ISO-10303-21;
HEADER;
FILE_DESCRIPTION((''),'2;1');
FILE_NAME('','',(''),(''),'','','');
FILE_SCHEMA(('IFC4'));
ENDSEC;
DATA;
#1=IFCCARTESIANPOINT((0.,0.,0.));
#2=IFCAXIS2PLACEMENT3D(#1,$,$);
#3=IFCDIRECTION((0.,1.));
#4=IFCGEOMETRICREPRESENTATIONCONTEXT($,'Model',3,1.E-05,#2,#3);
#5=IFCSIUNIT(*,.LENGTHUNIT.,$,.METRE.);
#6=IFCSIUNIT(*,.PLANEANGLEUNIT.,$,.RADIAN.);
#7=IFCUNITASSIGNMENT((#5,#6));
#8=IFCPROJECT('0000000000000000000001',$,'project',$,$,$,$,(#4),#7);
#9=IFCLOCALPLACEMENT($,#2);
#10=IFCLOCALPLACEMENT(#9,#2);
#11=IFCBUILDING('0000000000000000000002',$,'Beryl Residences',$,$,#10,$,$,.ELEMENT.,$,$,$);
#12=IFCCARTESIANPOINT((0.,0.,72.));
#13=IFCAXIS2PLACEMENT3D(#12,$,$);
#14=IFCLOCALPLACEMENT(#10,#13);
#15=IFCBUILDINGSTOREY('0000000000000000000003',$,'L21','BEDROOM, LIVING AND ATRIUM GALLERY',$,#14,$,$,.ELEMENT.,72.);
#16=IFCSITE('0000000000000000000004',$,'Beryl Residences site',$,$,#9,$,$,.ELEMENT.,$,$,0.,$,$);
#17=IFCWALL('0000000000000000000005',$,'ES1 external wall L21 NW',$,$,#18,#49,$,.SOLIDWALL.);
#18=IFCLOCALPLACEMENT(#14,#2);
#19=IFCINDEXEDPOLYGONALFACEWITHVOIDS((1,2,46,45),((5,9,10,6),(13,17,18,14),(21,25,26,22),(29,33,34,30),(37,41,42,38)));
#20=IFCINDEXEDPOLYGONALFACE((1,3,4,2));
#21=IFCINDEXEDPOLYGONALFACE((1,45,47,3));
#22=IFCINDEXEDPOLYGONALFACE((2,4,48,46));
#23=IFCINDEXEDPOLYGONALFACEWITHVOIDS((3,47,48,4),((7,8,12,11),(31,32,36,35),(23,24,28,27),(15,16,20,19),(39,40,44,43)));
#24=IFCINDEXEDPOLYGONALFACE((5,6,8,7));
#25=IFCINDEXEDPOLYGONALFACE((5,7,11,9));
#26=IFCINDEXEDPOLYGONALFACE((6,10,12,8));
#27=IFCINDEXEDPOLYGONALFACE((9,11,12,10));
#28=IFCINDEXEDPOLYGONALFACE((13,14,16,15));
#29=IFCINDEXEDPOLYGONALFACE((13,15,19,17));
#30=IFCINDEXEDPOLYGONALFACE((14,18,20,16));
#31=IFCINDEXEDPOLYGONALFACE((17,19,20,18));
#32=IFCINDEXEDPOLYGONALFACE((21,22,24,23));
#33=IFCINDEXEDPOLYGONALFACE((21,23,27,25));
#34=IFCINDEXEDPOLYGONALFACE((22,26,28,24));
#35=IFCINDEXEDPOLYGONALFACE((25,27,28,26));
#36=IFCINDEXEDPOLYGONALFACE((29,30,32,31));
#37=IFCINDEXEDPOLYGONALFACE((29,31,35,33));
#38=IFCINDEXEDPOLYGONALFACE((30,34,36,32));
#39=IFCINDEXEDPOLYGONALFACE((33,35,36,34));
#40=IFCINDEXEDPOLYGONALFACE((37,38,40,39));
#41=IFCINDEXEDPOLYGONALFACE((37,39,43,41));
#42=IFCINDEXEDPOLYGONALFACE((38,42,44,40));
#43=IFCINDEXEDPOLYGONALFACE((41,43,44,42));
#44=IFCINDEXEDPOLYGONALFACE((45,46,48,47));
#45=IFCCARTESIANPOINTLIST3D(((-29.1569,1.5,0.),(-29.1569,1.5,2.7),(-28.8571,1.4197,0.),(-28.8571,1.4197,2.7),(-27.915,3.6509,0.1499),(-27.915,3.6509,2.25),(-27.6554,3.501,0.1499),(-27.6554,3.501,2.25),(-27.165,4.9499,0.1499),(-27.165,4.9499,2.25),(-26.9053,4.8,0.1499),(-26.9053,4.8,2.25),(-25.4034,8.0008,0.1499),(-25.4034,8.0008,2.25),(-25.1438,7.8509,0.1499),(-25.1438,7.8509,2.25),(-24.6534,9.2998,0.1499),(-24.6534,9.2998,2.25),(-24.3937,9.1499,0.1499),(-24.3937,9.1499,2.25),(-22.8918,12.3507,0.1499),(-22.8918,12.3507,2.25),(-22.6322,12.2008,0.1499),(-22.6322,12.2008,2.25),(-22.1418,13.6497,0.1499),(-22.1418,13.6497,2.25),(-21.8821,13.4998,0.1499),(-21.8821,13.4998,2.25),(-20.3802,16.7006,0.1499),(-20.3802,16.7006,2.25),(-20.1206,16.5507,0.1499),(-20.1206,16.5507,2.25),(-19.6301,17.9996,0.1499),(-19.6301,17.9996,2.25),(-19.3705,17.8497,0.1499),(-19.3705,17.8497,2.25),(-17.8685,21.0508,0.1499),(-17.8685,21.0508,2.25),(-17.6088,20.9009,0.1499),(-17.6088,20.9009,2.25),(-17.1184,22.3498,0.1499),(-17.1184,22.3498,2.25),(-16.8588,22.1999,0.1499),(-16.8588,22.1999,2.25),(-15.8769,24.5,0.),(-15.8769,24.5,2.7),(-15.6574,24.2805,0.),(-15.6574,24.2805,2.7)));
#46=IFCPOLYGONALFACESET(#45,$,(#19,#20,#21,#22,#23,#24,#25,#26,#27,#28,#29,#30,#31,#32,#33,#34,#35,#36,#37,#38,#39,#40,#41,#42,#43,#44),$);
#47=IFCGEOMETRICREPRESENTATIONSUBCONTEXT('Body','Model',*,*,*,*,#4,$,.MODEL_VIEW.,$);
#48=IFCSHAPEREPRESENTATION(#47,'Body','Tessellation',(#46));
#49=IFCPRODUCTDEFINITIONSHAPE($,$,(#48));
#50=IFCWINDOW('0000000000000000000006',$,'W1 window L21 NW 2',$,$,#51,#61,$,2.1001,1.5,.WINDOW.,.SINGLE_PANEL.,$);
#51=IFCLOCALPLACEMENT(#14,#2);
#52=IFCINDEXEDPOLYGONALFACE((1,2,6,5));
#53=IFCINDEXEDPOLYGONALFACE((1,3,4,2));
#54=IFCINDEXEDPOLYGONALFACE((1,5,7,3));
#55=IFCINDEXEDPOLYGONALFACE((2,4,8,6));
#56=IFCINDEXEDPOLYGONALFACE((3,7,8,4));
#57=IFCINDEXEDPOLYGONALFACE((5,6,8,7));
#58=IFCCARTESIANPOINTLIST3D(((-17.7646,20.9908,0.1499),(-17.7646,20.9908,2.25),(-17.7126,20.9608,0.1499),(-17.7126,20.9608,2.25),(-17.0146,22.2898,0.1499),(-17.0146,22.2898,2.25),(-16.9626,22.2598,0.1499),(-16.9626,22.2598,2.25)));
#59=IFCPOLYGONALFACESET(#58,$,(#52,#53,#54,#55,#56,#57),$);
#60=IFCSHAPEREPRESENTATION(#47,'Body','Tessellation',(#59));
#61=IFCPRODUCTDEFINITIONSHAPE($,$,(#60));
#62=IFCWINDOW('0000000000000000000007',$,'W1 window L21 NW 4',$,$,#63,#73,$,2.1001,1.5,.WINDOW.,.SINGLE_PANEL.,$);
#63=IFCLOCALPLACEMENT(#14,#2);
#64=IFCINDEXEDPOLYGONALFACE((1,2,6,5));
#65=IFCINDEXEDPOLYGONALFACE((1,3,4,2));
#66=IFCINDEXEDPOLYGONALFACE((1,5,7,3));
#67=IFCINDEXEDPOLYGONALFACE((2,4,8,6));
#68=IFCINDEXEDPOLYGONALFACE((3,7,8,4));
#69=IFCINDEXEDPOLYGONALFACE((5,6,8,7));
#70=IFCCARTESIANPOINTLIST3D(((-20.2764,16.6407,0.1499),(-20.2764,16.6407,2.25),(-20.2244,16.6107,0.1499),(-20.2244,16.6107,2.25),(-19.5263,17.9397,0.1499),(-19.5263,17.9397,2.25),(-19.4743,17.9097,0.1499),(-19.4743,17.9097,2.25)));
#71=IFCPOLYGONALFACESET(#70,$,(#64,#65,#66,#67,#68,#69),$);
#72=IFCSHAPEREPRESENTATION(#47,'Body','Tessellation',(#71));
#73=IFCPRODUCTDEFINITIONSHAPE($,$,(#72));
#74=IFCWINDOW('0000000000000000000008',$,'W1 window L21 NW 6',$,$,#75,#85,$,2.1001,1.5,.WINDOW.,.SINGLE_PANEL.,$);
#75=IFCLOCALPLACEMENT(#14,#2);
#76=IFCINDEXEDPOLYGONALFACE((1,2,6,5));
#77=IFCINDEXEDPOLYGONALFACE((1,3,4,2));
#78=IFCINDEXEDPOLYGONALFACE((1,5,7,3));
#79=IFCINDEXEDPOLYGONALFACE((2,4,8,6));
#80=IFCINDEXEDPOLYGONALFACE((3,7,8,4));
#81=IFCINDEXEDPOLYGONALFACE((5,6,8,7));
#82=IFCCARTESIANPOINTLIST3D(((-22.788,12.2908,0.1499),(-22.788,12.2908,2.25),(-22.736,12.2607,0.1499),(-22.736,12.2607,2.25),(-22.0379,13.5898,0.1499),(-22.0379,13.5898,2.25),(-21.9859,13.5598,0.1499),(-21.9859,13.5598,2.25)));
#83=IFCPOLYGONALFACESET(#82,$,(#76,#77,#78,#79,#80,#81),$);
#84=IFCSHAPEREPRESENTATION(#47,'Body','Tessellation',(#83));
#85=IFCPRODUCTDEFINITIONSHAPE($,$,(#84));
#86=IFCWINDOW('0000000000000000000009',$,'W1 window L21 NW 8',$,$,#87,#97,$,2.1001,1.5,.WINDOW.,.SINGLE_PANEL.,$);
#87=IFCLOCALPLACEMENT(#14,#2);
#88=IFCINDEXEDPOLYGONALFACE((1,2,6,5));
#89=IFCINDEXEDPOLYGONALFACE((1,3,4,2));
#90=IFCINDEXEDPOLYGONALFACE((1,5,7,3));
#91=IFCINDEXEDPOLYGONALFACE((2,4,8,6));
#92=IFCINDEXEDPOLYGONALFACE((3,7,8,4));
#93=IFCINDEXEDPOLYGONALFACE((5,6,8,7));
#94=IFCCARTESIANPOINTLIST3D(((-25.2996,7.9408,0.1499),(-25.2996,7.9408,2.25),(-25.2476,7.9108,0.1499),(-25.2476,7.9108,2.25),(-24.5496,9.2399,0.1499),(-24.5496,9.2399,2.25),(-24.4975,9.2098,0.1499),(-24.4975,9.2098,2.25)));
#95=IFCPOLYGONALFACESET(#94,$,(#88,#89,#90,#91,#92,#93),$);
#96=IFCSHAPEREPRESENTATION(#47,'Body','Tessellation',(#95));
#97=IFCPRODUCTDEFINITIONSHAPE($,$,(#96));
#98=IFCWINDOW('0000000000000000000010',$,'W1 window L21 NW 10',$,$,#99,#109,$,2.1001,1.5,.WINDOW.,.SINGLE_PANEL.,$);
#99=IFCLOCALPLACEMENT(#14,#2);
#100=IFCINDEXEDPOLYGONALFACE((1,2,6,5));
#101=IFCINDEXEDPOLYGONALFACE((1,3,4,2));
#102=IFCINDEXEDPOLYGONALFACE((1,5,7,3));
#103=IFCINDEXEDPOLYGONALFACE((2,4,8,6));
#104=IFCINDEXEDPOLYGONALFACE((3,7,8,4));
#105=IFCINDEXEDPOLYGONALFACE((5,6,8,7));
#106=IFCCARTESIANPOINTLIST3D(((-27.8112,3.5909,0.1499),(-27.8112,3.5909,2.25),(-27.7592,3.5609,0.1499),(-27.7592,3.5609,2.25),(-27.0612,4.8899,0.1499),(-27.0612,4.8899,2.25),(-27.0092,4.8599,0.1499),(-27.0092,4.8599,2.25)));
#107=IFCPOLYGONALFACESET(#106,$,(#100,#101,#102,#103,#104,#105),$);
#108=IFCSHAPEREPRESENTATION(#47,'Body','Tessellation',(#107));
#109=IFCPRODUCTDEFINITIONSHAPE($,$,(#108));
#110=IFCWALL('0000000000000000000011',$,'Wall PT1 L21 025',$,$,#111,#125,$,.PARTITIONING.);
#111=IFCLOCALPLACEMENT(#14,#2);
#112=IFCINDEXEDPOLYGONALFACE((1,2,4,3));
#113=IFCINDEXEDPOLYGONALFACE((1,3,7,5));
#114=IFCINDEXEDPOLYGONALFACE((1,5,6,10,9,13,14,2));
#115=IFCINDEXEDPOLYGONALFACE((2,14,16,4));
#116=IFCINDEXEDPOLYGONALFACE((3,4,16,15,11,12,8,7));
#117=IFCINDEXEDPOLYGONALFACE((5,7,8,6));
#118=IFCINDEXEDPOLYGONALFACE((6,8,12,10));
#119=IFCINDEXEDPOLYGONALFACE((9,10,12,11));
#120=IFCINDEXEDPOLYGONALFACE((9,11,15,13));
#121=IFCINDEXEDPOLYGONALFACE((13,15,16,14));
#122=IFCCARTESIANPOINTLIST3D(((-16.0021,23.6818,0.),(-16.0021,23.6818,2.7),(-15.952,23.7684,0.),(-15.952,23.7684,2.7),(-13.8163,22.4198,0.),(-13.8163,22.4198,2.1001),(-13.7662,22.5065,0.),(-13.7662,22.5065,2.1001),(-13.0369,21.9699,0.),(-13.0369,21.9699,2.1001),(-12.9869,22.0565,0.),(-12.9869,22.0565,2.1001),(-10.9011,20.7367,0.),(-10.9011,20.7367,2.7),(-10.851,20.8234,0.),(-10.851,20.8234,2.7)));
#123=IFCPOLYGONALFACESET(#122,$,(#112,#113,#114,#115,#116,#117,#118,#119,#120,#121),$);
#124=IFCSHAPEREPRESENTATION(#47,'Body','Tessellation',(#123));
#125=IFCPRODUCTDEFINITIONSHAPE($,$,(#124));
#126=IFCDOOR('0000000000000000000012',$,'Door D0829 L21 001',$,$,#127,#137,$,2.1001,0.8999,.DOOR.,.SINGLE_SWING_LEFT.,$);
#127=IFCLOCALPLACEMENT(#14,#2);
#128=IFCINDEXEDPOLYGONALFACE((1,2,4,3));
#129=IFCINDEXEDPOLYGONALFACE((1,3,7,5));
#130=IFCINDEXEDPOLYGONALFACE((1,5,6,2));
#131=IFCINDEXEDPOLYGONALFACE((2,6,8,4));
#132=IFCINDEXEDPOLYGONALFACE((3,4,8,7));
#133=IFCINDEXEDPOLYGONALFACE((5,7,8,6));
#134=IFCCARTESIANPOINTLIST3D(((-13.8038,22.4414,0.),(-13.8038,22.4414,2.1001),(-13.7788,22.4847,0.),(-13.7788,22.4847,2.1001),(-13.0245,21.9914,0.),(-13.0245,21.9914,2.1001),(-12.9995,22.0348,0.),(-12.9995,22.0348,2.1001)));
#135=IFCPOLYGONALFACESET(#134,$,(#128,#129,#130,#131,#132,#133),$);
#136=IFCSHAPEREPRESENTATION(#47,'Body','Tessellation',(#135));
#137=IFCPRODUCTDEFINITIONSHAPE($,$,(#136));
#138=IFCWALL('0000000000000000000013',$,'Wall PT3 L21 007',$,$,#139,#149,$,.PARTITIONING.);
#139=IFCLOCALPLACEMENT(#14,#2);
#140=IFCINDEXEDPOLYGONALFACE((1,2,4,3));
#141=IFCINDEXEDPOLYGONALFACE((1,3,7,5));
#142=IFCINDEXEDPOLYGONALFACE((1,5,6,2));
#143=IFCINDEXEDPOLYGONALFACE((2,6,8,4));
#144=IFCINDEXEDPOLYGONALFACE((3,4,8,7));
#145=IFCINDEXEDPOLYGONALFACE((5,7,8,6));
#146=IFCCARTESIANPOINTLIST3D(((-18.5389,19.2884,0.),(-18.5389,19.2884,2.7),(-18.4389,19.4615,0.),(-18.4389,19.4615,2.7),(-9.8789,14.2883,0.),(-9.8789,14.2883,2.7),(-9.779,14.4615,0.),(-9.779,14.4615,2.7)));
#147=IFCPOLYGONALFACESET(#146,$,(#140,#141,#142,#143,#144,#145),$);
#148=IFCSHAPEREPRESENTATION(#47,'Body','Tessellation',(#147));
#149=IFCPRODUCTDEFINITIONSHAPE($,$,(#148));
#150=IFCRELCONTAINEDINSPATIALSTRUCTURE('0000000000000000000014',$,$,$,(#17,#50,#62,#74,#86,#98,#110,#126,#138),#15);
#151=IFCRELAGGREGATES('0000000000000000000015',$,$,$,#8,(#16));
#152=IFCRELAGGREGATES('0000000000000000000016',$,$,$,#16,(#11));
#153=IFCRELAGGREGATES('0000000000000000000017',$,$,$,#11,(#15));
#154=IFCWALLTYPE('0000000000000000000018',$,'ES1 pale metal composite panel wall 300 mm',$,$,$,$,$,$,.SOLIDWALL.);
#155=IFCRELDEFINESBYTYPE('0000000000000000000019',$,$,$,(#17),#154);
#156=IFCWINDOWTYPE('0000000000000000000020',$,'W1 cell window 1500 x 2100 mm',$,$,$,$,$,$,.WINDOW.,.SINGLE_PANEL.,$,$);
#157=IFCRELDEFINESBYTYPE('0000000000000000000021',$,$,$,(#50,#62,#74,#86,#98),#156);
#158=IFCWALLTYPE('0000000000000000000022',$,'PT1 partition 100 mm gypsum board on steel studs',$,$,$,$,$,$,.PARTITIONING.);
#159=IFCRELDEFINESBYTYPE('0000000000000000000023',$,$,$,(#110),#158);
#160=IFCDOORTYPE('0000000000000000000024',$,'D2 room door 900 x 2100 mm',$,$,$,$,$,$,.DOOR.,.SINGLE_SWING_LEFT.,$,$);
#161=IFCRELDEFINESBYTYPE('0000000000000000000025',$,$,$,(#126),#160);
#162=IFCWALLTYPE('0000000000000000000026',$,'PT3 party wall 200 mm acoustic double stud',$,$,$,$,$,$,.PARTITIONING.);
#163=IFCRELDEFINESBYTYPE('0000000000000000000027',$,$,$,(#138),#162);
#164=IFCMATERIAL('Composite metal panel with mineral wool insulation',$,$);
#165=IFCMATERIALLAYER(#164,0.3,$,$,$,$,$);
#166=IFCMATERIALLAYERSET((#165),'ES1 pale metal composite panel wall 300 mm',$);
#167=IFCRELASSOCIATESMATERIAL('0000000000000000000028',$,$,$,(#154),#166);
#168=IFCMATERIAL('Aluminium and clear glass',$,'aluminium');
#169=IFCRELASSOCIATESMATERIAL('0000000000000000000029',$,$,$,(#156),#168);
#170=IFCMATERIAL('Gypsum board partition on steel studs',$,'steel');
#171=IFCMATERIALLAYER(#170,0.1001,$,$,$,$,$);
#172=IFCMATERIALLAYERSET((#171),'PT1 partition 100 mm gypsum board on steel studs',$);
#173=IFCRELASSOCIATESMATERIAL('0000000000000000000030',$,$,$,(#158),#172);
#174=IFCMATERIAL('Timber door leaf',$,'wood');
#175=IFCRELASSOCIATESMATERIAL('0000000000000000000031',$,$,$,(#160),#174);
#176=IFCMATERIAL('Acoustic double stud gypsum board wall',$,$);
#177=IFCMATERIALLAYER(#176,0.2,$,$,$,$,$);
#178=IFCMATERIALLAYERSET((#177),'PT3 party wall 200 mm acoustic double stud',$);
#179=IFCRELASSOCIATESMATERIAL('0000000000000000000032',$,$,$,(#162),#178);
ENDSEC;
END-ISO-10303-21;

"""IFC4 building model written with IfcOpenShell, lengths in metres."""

from ifc_helpers import new_model, si_unit, direction, frame, frame_2d, origin, place, context, subcontext, project, spatial, polyline, rectangle, outline, extrude, material, layer, layer_set, type_object, element, fill, save


model = new_model("IFC4")

# Units and contexts
model_context = context("Model", 3, precision=1e-05, world=origin(), true_north=direction((0.0, 1.0)))
body_context = subcontext(model_context, "Body", "Model", "MODEL_VIEW")
ifc_project = project(units=[si_unit("LENGTHUNIT", "METRE"), si_unit("PLANEANGLEUNIT", "RADIAN")], contexts=[model_context])

# Site, building, storey
site_placement = place(None, origin())
site = spatial("IfcSite", under=ifc_project, at=site_placement, Name="Beryl Residences site", CompositionType="ELEMENT", RefElevation=0.0)
building_placement = place(site_placement, origin())
building = spatial("IfcBuilding", under=site, at=building_placement, Name="Beryl Residences", CompositionType="ELEMENT")
storey_placement = place(building_placement, frame((0.0, 0.0, 72.0)))
storey = spatial("IfcBuildingStorey", under=building, at=storey_placement, Name="L21", Description="BEDROOM, LIVING AND ATRIUM GALLERY", CompositionType="ELEMENT", Elevation=72.0)

# Shared definitions
ifc_material_1 = material(Name="Composite metal panel with mineral wool insulation")
ifc_layer_1 = layer(ifc_material_1, 0.3)
ifc_layer_set_1 = layer_set([ifc_layer_1], Name="ES1 pale metal composite panel wall 300 mm")
wall_type_1 = type_object("IfcWallType", Name="ES1 pale metal composite panel wall 300 mm", PredefinedType="SOLIDWALL", material=ifc_layer_set_1)

# Wall, openings, windows
wall_1_placement = place(storey_placement, frame((-15.7471, 24.425, 0.0), z_axis=(0.0, 0.0, 1.0), x_axis=(-0.500027, -0.86601, 0.0)))
wall_1 = element("IfcWall", 1, at=wall_1_placement, inside=storey, type_object=wall_type_1, Name="ES1 external wall L21 NW", PredefinedType="SOLIDWALL", context=body_context, shape_type="SweptSolid", body=[
    extrude(outline(polyline([(0.0, -0.1499), (26.5586, -0.1499), (26.4783, 0.1499), (0.0803, 0.1499), (0.0, -0.1499)])), origin(), (0.0, 0.0, 1.0), 2.7),
])
opening_1_placement = place(wall_1_placement, frame((2.4829, 0.0, 0.1499)))
opening_1 = element("IfcOpeningElement", 2, at=opening_1_placement, cuts=wall_1, PredefinedType="OPENING", context=body_context, shape_type="SweptSolid", body=[
    extrude(rectangle(XDim=1.5, YDim=2.1001, at=frame_2d((0.75, 1.05))), frame((0.0, 0.1599, 0.0), z_axis=(0.0, -1.0, 0.0), x_axis=(1.0, 0.0, 0.0)), (0.0, 0.0, 1.0), 0.3201),
])
opening_2_placement = place(wall_1_placement, frame((7.5061, 0.0, 0.1499)))
opening_2 = element("IfcOpeningElement", 3, at=opening_2_placement, cuts=wall_1, PredefinedType="OPENING", context=body_context, shape_type="SweptSolid", body=[
    extrude(rectangle(XDim=1.5, YDim=2.1001, at=frame_2d((0.75, 1.05))), frame((0.0, 0.1599, 0.0), z_axis=(0.0, -1.0, 0.0), x_axis=(1.0, 0.0, 0.0)), (0.0, 0.0, 1.0), 0.3201),
])
opening_3_placement = place(wall_1_placement, frame((12.5291, 0.0, 0.1499)))
opening_3 = element("IfcOpeningElement", 4, at=opening_3_placement, cuts=wall_1, PredefinedType="OPENING", context=body_context, shape_type="SweptSolid", body=[
    extrude(rectangle(XDim=1.5, YDim=2.1001, at=frame_2d((0.75, 1.05))), frame((0.0, 0.1599, 0.0), z_axis=(0.0, -1.0, 0.0), x_axis=(1.0, 0.0, 0.0)), (0.0, 0.0, 1.0), 0.3201),
])
opening_4_placement = place(wall_1_placement, frame((17.552, 0.0, 0.1499)))
opening_4 = element("IfcOpeningElement", 5, at=opening_4_placement, cuts=wall_1, PredefinedType="OPENING", context=body_context, shape_type="SweptSolid", body=[
    extrude(rectangle(XDim=1.5, YDim=2.1001, at=frame_2d((0.75, 1.05))), frame((0.0, 0.1599, 0.0), z_axis=(0.0, -1.0, 0.0), x_axis=(1.0, 0.0, 0.0)), (0.0, 0.0, 1.0), 0.3201),
])
opening_5_placement = place(wall_1_placement, frame((22.575, 0.0, 0.1499)))
opening_5 = element("IfcOpeningElement", 6, at=opening_5_placement, cuts=wall_1, PredefinedType="OPENING", context=body_context, shape_type="SweptSolid", body=[
    extrude(rectangle(XDim=1.5, YDim=2.1001, at=frame_2d((0.75, 1.05))), frame((0.0, 0.1599, 0.0), z_axis=(0.0, -1.0, 0.0), x_axis=(1.0, 0.0, 0.0)), (0.0, 0.0, 1.0), 0.3201),
])
ifc_material_2 = material(Name="Aluminium and clear glass", Category="aluminium")
window_type_1 = type_object("IfcWindowType", Name="W1 cell window 1500 x 2100 mm", PartitioningType="SINGLE_PANEL", PredefinedType="WINDOW", material=ifc_material_2)
window_1_placement = place(opening_1_placement, origin())
window_1 = element("IfcWindow", 7, at=window_1_placement, inside=storey, type_object=window_type_1, Name="W1 window L21 NW 2", OverallHeight=2.1001, OverallWidth=1.5, PartitioningType="SINGLE_PANEL", PredefinedType="WINDOW", context=body_context, shape_type="SweptSolid", body=[
    extrude(rectangle(XDim=1.5, YDim=2.1001, at=frame_2d((0.75, 1.05))), frame((0.0, 0.03, 0.0), z_axis=(0.0, -1.0, 0.0), x_axis=(1.0, 0.0, 0.0)), (0.0, 0.0, 1.0), 0.0601),
])
fill(opening_1, window_1)
window_2_placement = place(opening_2_placement, origin())
window_2 = element("IfcWindow", 8, at=window_2_placement, inside=storey, type_object=window_type_1, Name="W1 window L21 NW 4", OverallHeight=2.1001, OverallWidth=1.5, PartitioningType="SINGLE_PANEL", PredefinedType="WINDOW", context=body_context, shape_type="SweptSolid", body=[
    extrude(rectangle(XDim=1.5, YDim=2.1001, at=frame_2d((0.75, 1.05))), frame((0.0, 0.03, 0.0), z_axis=(0.0, -1.0, 0.0), x_axis=(1.0, 0.0, 0.0)), (0.0, 0.0, 1.0), 0.0601),
])
fill(opening_2, window_2)
window_3_placement = place(opening_3_placement, origin())
window_3 = element("IfcWindow", 9, at=window_3_placement, inside=storey, type_object=window_type_1, Name="W1 window L21 NW 6", OverallHeight=2.1001, OverallWidth=1.5, PartitioningType="SINGLE_PANEL", PredefinedType="WINDOW", context=body_context, shape_type="SweptSolid", body=[
    extrude(rectangle(XDim=1.5, YDim=2.1001, at=frame_2d((0.75, 1.05))), frame((0.0, 0.03, 0.0), z_axis=(0.0, -1.0, 0.0), x_axis=(1.0, 0.0, 0.0)), (0.0, 0.0, 1.0), 0.0601),
])
fill(opening_3, window_3)
window_4_placement = place(opening_4_placement, origin())
window_4 = element("IfcWindow", 10, at=window_4_placement, inside=storey, type_object=window_type_1, Name="W1 window L21 NW 8", OverallHeight=2.1001, OverallWidth=1.5, PartitioningType="SINGLE_PANEL", PredefinedType="WINDOW", context=body_context, shape_type="SweptSolid", body=[
    extrude(rectangle(XDim=1.5, YDim=2.1001, at=frame_2d((0.75, 1.05))), frame((0.0, 0.03, 0.0), z_axis=(0.0, -1.0, 0.0), x_axis=(1.0, 0.0, 0.0)), (0.0, 0.0, 1.0), 0.0601),
])
fill(opening_4, window_4)
window_5_placement = place(opening_5_placement, origin())
window_5 = element("IfcWindow", 11, at=window_5_placement, inside=storey, type_object=window_type_1, Name="W1 window L21 NW 10", OverallHeight=2.1001, OverallWidth=1.5, PartitioningType="SINGLE_PANEL", PredefinedType="WINDOW", context=body_context, shape_type="SweptSolid", body=[
    extrude(rectangle(XDim=1.5, YDim=2.1001, at=frame_2d((0.75, 1.05))), frame((0.0, 0.03, 0.0), z_axis=(0.0, -1.0, 0.0), x_axis=(1.0, 0.0, 0.0)), (0.0, 0.0, 1.0), 0.0601),
])
fill(opening_5, window_5)

# Wall, opening, door
ifc_material_3 = material(Name="Gypsum board partition on steel studs", Category="steel")
ifc_layer_2 = layer(ifc_material_3, 0.1001)
ifc_layer_set_2 = layer_set([ifc_layer_2], Name="PT1 partition 100 mm gypsum board on steel studs")
wall_type_2 = type_object("IfcWallType", Name="PT1 partition 100 mm gypsum board on steel studs", PredefinedType="PARTITIONING", material=ifc_layer_set_2)
wall_2_placement = place(storey_placement, frame((-15.9771, 23.7251, 0.0), z_axis=(0.0, 0.0, 1.0), x_axis=(0.866028, -0.499995, 0.0)))
wall_2 = element("IfcWall", 12, at=wall_2_placement, inside=storey, type_object=wall_type_2, Name="Wall PT1 L21 025", PredefinedType="PARTITIONING", context=body_context, shape_type="SweptSolid", body=[
    extrude(rectangle(XDim=5.8901, YDim=0.1001, at=frame_2d((2.9451, 0.0))), origin(), (0.0, 0.0, 1.0), 2.7),
])
opening_6_placement = place(wall_2_placement, frame((2.5239, 0.0, 0.0)))
opening_6 = element("IfcOpeningElement", 13, at=opening_6_placement, cuts=wall_2, PredefinedType="OPENING", context=body_context, shape_type="SweptSolid", body=[
    extrude(rectangle(XDim=0.8999, YDim=2.1001, at=frame_2d((0.45, 1.05))), frame((0.0, 0.0601, 0.0), z_axis=(0.0, -1.0, 0.0), x_axis=(1.0, 0.0, 0.0)), (0.0, 0.0, 1.0), 0.1201),
])
ifc_material_4 = material(Name="Timber door leaf", Category="wood")
door_type = type_object("IfcDoorType", Name="D2 room door 900 x 2100 mm", OperationType="SINGLE_SWING_LEFT", PredefinedType="DOOR", material=ifc_material_4)
door_placement = place(opening_6_placement, origin())
door = element("IfcDoor", 14, at=door_placement, inside=storey, type_object=door_type, Name="Door D0829 L21 001", OperationType="SINGLE_SWING_LEFT", OverallHeight=2.1001, OverallWidth=0.8999, PredefinedType="DOOR", context=body_context, shape_type="SweptSolid", body=[
    extrude(rectangle(XDim=0.8999, YDim=2.1001, at=frame_2d((0.45, 1.05))), frame((0.0, 0.0249, 0.0), z_axis=(0.0, -1.0, 0.0), x_axis=(1.0, 0.0, 0.0)), (0.0, 0.0, 1.0), 0.05),
])
fill(opening_6, door)

# Wall
ifc_material_5 = material(Name="Acoustic double stud gypsum board wall")
ifc_layer_3 = layer(ifc_material_5, 0.2)
ifc_layer_set_3 = layer_set([ifc_layer_3], Name="PT3 party wall 200 mm acoustic double stud")
wall_type_3 = type_object("IfcWallType", Name="PT3 party wall 200 mm acoustic double stud", PredefinedType="PARTITIONING", material=ifc_layer_set_3)
wall_3_placement = place(storey_placement, frame((-18.489, 19.375, 0.0), z_axis=(0.0, 0.0, 1.0), x_axis=(0.866017, -0.500015, 0.0)))
element("IfcWall", 15, at=wall_3_placement, inside=storey, type_object=wall_type_3, Name="Wall PT3 L21 007", PredefinedType="PARTITIONING", context=body_context, shape_type="SweptSolid", body=[
    extrude(rectangle(XDim=9.9998, YDim=0.2, at=frame_2d((5.0, 0.0))), origin(), (0.0, 0.0, 1.0), 2.7),
])

save(model, "model.ifc")
